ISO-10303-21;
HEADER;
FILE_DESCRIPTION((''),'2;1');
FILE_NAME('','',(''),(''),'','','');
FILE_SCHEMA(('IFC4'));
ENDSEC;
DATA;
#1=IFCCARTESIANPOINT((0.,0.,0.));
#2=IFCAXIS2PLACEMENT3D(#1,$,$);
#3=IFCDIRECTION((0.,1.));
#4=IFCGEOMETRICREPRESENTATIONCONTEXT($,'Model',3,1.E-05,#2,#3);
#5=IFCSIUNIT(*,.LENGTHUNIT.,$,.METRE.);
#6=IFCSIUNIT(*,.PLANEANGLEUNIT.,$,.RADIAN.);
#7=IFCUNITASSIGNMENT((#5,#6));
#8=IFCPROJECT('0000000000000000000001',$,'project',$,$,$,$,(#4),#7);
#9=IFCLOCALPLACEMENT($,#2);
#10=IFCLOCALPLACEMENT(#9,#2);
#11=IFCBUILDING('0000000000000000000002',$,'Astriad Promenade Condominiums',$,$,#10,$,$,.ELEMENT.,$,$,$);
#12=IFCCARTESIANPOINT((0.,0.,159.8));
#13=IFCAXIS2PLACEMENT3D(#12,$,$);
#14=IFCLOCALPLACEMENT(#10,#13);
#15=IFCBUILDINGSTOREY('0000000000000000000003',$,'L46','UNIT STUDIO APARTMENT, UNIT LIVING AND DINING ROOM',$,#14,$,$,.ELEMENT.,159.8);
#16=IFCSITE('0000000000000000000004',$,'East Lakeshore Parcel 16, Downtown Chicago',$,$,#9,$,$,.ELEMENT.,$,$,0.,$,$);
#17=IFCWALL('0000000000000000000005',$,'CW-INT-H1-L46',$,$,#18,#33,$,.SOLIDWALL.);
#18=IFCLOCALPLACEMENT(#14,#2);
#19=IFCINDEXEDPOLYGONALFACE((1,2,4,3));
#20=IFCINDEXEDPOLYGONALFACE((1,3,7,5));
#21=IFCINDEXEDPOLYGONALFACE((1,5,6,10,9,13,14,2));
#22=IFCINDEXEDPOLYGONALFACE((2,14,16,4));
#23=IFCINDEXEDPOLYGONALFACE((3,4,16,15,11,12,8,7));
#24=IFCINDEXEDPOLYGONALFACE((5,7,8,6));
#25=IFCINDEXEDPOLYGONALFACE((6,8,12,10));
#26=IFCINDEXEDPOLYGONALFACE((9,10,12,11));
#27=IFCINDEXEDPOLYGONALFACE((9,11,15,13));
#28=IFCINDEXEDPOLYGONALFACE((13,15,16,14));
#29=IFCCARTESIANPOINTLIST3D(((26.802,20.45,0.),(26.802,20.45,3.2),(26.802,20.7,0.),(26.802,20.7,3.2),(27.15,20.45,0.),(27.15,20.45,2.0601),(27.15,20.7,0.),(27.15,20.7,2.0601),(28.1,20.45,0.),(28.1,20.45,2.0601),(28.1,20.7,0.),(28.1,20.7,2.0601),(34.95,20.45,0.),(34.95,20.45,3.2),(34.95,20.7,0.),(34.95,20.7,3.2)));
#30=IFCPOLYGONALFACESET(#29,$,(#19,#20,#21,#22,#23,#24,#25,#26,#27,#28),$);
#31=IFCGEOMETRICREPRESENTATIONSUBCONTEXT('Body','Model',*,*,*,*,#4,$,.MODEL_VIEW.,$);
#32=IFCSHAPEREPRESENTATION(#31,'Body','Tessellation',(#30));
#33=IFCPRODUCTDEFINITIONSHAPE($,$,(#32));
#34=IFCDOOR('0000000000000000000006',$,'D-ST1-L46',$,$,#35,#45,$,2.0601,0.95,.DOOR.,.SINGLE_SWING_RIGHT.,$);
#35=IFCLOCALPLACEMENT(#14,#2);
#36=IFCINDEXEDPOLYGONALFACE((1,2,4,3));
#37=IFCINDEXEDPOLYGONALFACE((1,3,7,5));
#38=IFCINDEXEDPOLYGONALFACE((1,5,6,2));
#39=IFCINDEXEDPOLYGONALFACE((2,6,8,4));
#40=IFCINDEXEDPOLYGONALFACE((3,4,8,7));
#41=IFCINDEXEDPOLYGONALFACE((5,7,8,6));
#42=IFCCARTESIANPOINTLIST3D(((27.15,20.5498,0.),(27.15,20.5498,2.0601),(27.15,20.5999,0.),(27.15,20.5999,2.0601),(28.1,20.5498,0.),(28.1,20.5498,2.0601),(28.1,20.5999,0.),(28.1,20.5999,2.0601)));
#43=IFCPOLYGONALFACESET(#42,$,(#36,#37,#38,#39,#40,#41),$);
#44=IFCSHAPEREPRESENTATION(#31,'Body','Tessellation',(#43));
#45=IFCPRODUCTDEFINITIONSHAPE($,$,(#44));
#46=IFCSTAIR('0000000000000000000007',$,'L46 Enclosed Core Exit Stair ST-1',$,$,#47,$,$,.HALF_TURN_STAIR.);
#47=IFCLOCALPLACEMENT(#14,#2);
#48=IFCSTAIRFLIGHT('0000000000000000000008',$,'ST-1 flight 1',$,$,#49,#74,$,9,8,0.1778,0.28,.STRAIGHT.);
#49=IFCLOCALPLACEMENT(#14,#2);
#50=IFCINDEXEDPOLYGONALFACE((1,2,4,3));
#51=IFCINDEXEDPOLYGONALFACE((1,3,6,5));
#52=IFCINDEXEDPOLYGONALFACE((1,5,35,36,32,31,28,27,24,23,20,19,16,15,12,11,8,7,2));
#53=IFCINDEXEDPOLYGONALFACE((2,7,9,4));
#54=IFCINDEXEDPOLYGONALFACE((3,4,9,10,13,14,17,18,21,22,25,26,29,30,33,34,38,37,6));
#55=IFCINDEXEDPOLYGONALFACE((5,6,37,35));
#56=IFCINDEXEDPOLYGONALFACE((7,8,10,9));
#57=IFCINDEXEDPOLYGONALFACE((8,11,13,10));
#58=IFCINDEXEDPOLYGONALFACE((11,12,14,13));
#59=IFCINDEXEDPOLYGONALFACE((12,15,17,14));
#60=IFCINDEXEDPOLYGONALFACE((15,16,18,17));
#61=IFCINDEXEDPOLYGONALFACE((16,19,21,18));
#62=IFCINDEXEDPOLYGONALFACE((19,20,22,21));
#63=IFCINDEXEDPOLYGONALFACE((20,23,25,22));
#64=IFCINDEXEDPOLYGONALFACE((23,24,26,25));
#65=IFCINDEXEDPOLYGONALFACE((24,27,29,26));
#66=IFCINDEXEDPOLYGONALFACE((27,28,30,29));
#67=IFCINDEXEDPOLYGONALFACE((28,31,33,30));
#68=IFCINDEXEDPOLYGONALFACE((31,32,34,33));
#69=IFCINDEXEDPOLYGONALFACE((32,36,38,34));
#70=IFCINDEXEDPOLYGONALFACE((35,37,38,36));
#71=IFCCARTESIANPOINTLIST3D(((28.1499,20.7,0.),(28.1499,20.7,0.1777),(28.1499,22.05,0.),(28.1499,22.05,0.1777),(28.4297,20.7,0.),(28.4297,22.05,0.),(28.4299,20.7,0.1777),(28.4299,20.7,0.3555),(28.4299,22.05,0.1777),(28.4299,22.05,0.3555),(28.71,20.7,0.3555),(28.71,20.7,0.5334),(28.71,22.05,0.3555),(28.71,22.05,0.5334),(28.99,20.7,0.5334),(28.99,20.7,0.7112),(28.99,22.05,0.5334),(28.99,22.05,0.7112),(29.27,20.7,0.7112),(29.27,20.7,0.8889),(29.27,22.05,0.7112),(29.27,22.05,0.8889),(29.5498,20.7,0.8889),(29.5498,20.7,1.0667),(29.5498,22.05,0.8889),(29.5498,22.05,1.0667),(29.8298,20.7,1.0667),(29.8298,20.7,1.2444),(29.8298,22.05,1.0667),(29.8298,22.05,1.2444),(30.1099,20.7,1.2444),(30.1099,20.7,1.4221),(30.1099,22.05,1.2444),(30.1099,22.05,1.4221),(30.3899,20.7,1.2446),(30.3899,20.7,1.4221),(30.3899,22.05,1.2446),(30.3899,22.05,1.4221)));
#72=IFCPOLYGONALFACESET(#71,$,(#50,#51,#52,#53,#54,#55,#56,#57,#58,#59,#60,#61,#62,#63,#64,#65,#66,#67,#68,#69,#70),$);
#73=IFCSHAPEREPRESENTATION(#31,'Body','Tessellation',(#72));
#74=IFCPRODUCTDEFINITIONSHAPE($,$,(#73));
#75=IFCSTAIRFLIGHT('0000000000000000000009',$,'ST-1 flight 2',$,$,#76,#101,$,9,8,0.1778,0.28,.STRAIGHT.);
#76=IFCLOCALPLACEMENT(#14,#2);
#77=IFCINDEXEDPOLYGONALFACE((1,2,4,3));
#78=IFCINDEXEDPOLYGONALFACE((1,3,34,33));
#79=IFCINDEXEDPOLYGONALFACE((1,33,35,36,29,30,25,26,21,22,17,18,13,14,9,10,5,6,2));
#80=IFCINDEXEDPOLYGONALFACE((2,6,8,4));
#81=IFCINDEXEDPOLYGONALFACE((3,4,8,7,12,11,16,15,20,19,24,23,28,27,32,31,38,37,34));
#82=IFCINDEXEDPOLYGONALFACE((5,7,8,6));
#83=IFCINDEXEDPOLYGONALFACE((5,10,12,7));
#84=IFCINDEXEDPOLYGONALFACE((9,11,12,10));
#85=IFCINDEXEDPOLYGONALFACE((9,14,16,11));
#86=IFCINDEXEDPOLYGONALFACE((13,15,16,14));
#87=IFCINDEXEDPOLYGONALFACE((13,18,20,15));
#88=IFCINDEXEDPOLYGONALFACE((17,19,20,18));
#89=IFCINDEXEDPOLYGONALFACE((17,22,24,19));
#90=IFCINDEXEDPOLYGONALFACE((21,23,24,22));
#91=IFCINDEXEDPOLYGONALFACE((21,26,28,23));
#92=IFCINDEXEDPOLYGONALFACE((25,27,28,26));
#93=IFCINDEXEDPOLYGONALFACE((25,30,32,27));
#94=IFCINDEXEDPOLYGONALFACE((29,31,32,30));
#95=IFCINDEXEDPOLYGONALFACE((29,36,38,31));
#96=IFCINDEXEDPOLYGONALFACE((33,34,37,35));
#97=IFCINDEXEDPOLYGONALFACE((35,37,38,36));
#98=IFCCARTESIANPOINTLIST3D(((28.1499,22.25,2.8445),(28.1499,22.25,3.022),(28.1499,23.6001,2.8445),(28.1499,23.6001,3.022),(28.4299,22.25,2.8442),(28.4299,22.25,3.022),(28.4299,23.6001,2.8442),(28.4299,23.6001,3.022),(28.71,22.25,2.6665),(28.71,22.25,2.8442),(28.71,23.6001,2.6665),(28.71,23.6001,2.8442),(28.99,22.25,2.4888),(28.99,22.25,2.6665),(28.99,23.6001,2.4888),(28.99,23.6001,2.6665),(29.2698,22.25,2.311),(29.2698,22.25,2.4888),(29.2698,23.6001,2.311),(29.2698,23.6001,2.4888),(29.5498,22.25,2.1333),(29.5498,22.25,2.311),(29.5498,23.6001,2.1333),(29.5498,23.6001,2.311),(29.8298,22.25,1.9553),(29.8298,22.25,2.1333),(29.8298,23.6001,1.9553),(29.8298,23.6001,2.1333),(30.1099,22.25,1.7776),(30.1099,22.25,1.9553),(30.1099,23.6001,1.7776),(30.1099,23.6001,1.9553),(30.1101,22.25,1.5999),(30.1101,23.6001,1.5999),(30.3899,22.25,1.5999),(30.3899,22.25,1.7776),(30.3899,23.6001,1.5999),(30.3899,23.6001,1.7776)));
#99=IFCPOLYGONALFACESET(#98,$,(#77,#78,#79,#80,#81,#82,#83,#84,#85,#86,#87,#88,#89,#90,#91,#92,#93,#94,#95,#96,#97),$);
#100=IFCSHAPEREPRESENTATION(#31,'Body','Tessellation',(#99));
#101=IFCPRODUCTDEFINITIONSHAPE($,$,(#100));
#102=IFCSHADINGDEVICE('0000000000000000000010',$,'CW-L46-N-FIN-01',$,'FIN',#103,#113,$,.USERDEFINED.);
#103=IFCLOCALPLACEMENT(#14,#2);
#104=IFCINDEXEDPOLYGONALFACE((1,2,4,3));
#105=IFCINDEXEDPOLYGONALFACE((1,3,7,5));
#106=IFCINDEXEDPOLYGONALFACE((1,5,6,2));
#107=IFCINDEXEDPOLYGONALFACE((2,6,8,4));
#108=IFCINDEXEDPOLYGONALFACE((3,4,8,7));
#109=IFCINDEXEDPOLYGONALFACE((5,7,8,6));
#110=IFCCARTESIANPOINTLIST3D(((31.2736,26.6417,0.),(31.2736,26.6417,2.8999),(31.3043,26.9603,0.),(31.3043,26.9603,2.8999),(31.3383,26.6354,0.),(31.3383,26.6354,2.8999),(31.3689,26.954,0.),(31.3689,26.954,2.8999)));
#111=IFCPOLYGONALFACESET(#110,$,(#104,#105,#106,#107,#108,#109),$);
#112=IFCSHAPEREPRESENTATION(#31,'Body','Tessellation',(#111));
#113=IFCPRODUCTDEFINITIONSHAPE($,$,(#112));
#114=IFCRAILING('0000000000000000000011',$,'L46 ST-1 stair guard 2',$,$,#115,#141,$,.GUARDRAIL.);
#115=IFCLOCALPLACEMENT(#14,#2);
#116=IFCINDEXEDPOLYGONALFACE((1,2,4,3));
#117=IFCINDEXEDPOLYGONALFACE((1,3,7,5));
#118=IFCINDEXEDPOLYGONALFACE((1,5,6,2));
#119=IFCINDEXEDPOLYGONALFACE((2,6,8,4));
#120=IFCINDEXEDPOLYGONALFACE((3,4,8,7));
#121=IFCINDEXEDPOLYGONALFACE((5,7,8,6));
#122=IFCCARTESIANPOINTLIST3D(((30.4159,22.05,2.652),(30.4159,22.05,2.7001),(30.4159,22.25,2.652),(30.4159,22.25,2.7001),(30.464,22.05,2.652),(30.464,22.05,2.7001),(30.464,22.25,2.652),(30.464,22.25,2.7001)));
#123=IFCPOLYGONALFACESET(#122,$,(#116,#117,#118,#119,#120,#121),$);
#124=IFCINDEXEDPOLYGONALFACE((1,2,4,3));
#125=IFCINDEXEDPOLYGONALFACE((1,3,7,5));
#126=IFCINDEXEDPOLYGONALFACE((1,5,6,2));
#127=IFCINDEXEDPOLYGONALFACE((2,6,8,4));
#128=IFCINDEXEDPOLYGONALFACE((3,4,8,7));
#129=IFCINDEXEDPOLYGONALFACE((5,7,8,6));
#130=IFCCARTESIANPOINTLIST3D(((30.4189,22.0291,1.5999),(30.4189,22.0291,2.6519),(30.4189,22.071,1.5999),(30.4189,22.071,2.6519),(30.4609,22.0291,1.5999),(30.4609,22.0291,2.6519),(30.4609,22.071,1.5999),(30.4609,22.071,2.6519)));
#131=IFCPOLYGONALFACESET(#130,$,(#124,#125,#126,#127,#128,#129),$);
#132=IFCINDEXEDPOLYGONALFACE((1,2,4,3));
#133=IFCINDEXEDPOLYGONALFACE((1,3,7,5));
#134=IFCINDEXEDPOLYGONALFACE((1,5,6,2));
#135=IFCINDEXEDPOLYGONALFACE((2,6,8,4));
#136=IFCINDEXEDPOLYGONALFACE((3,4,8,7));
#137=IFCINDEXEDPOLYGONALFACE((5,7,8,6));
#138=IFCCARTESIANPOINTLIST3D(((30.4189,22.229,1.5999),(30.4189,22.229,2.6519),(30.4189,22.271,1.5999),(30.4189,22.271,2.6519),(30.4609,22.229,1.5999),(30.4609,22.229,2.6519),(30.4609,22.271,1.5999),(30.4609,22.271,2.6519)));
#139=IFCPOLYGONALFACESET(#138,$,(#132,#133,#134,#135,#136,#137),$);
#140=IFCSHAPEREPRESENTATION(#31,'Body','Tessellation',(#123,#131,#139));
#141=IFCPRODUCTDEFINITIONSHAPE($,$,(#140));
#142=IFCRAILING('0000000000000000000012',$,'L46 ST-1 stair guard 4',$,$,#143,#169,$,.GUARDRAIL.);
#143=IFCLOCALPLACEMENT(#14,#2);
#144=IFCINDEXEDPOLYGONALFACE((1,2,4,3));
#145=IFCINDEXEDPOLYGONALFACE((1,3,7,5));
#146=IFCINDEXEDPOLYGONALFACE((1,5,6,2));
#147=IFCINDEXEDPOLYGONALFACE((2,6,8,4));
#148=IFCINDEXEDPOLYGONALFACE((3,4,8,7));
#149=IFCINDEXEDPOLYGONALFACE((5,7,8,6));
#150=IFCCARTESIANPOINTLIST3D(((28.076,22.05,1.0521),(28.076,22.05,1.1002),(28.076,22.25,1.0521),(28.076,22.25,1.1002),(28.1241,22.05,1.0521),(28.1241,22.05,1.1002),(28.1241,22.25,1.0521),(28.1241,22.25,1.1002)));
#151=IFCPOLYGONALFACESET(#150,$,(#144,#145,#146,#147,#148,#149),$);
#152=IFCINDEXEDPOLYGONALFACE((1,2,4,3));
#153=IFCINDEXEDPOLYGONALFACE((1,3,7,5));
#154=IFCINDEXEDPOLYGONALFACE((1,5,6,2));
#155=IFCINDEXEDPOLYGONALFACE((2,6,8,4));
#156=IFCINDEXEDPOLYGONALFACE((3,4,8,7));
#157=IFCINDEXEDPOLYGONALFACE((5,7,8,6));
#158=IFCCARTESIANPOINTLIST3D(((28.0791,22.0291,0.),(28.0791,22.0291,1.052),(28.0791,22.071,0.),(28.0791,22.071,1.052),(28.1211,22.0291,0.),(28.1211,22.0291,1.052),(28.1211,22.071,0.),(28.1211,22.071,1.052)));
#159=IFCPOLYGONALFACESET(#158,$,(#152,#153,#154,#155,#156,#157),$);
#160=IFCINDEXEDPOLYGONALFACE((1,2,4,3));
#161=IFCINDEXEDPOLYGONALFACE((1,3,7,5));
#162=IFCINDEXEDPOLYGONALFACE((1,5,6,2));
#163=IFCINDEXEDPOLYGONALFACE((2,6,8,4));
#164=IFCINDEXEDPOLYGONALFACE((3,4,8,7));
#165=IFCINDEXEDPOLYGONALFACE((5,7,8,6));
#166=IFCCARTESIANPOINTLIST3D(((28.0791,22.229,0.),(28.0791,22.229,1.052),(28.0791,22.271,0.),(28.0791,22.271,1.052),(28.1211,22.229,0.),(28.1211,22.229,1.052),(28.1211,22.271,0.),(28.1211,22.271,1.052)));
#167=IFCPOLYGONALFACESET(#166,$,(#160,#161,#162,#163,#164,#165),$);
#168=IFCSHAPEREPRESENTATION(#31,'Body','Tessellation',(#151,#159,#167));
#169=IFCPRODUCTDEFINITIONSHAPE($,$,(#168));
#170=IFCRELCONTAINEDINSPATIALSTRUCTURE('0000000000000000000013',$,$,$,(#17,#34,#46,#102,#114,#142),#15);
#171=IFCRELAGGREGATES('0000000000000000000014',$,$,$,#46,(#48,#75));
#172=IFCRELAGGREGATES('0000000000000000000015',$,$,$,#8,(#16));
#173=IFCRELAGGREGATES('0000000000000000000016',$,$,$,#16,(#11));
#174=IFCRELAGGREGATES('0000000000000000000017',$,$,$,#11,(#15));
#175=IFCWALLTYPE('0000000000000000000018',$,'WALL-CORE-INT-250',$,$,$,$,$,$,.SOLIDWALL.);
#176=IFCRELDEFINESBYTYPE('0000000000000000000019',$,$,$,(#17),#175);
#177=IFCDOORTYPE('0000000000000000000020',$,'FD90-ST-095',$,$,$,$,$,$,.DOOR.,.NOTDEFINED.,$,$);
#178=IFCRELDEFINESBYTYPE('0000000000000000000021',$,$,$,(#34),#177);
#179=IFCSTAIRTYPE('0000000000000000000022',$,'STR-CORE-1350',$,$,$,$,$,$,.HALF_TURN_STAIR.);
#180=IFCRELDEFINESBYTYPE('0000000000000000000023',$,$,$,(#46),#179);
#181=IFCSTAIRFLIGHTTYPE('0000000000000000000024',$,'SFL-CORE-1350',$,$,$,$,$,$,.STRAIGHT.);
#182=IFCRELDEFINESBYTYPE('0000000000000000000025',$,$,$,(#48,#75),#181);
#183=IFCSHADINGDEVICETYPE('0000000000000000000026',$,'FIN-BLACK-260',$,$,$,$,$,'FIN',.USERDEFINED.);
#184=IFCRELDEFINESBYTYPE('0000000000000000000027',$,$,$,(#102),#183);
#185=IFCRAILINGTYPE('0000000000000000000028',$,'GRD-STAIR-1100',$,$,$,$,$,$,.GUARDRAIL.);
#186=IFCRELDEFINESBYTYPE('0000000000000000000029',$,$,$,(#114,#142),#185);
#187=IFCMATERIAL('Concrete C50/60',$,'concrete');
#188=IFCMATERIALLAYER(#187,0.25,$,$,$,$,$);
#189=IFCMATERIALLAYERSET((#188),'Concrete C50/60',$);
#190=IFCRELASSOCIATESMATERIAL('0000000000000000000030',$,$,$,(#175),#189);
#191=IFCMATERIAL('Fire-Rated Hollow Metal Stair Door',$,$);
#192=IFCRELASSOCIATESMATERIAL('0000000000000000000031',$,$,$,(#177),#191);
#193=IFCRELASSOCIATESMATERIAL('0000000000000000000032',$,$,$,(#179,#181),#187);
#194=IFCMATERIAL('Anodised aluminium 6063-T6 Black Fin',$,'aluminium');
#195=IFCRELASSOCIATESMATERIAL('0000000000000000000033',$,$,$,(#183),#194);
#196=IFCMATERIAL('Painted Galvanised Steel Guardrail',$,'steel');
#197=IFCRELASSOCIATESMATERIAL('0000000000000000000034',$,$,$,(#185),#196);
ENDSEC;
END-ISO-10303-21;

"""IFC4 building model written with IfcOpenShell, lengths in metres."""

from ifc_helpers import new_model, si_unit, direction, frame, frame_2d, origin, origin_2d, place, context, subcontext, project, spatial, polyline, rectangle, outline, extrude, source, transform, mapped, material, layer, layer_set, type_object, type_shapes, element, fill, aggregate, save


model = new_model("IFC4")

# Units and contexts
model_context = context("Model", 3, precision=1e-05, world=origin(), true_north=direction((0.0, 1.0)))
body_context = subcontext(model_context, "Body", "Model", "MODEL_VIEW")
ifc_project = project(units=[si_unit("LENGTHUNIT", "METRE"), si_unit("PLANEANGLEUNIT", "RADIAN")], contexts=[model_context])

# Site, building, storey
site_placement = place(None, origin())
site = spatial("IfcSite", under=ifc_project, at=site_placement, Name="East Lakeshore Parcel 16, Downtown Chicago", CompositionType="ELEMENT", RefElevation=0.0)
building_placement = place(site_placement, origin())
building = spatial("IfcBuilding", under=site, at=building_placement, Name="Astriad Promenade Condominiums", CompositionType="ELEMENT")
storey_placement = place(building_placement, frame((0.0, 0.0, 159.8)))
storey = spatial("IfcBuildingStorey", under=building, at=storey_placement, Name="L46", Description="UNIT STUDIO APARTMENT, UNIT LIVING AND DINING ROOM", CompositionType="ELEMENT", Elevation=159.8)

# Wall, opening, door
ifc_material_1 = material(Name="Concrete C50/60", Category="concrete")
ifc_layer_1 = layer(ifc_material_1, 0.25)
ifc_layer_set_1 = layer_set([ifc_layer_1], Name="Concrete C50/60")
wall_type_1 = type_object("IfcWallType", Name="WALL-CORE-INT-250", PredefinedType="SOLIDWALL", material=ifc_layer_set_1)
wall_1_placement = place(storey_placement, frame((26.802, 20.575, 0.0), z_axis=(0.0, 0.0, 1.0), x_axis=(1.0, 0.0, 0.0)))
wall_1 = element("IfcWall", 1, at=wall_1_placement, inside=storey, type_object=wall_type_1, Name="CW-INT-H1-L46", PredefinedType="SOLIDWALL", context=body_context, shape_type="SweptSolid", body=[
    extrude(rectangle(XDim=8.1479, YDim=0.25, at=frame_2d((4.074, 0.0))), origin(), (0.0, 0.0, 1.0), 3.2),
])
opening_placement = place(wall_1_placement, frame((0.3479, 0.0, 0.0)))
opening = element("IfcOpeningElement", 2, at=opening_placement, cuts=wall_1, PredefinedType="OPENING", context=body_context, shape_type="SweptSolid", body=[
    extrude(rectangle(XDim=0.95, YDim=2.0601, at=frame_2d((0.4751, 1.03))), frame((0.0, 0.135, 0.0), z_axis=(0.0, -1.0, 0.0), x_axis=(1.0, 0.0, 0.0)), (0.0, 0.0, 1.0), 0.27),
])
ifc_material_2 = material(Name="Fire-Rated Hollow Metal Stair Door")
door_type = type_object("IfcDoorType", Name="FD90-ST-095", OperationType="NOTDEFINED", PredefinedType="DOOR", material=ifc_material_2)
shared_shape_1 = source(origin(), body_context, "Body", "SweptSolid", [
    extrude(rectangle(XDim=0.95, YDim=2.0601, at=frame_2d((0.4751, 1.03))), frame((0.0, 0.0249, 0.0), z_axis=(0.0, -1.0, 0.0), x_axis=(1.0, 0.0, 0.0)), (0.0, 0.0, 1.0), 0.05),
])
type_shapes(door_type, [shared_shape_1])
door_placement = place(opening_placement, origin())
door = element("IfcDoor", 3, at=door_placement, inside=storey, type_object=door_type, Name="D-ST1-L46", OperationType="SINGLE_SWING_RIGHT", OverallHeight=2.0601, OverallWidth=0.95, PredefinedType="DOOR", context=body_context, shape_type="MappedRepresentation", body=[
    mapped(shared_shape_1, transform((0.0, 0.0, 0.0), scale=1.0)),
])
fill(opening, door)

# Stair, stair flights
stair_type = type_object("IfcStairType", Name="STR-CORE-1350", PredefinedType="HALF_TURN_STAIR", material=ifc_material_1)
stair_placement = place(storey_placement, origin())
stair = element("IfcStair", 4, at=stair_placement, inside=storey, type_object=stair_type, Name="L46 Enclosed Core Exit Stair ST-1", PredefinedType="HALF_TURN_STAIR")
stair_flight_type = type_object("IfcStairFlightType", Name="SFL-CORE-1350", PredefinedType="STRAIGHT", material=ifc_material_1)
shared_shape_2 = source(origin(), body_context, "Body", "SweptSolid", [
    extrude(outline(polyline([(0.0, 0.0), (0.0, 0.1777), (0.28, 0.1777), (0.28, 0.3555), (0.5601, 0.3555), (0.5601, 0.5334), (0.8401, 0.5334), (0.8401, 0.7112), (1.1201, 0.7112), (1.1201, 0.8889), (1.3999, 0.8889), (1.3999, 1.0667), (1.6799, 1.0667), (1.6799, 1.2444), (1.96, 1.2444), (1.96, 1.4221), (2.24, 1.4221), (2.24, 1.6001), (2.24, 1.2446), (0.2798, 0.0), (0.0, 0.0)])), frame((0.0, 0.675, 0.0), z_axis=(0.0, -1.0, 0.0), x_axis=(1.0, 0.0, 0.0)), (0.0, 0.0, 1.0), 1.3501),
])
type_shapes(stair_flight_type, [shared_shape_2])
stair_flight_1_placement = place(storey_placement, frame((28.1499, 21.375, 0.0), z_axis=(0.0, 0.0, 1.0), x_axis=(1.0, 0.0, 0.0)))
stair_flight_1 = element("IfcStairFlight", 5, at=stair_flight_1_placement, type_object=stair_flight_type, Name="ST-1 flight 1", NumberOfRisers=9, NumberOfTreads=8, PredefinedType="STRAIGHT", RiserHeight=0.1778, TreadLength=0.28, context=body_context, shape_type="MappedRepresentation", body=[
    mapped(shared_shape_2, transform((0.0, 0.0, 0.0), scale=1.0)),
])
stair_flight_2_placement = place(storey_placement, frame((30.3899, 22.925, 1.5999), z_axis=(0.0, 0.0, 1.0), x_axis=(-1.0, 0.0, 0.0)))
stair_flight_2 = element("IfcStairFlight", 6, at=stair_flight_2_placement, type_object=stair_flight_type, Name="ST-1 flight 2", NumberOfRisers=9, NumberOfTreads=8, PredefinedType="STRAIGHT", RiserHeight=0.1778, TreadLength=0.28, context=body_context, shape_type="MappedRepresentation", body=[
    mapped(shared_shape_2, transform((0.0, 0.0, 0.0), scale=1.0)),
])
aggregate(stair, [stair_flight_1, stair_flight_2])

# Shading device
ifc_material_3 = material(Name="Anodised aluminium 6063-T6 Black Fin", Category="aluminium")
shading_device_type = type_object("IfcShadingDeviceType", Name="FIN-BLACK-260", ElementType="FIN", PredefinedType="USERDEFINED", material=ifc_material_3)
shared_shape_3 = source(origin(), body_context, "Body", "SweptSolid", [
    extrude(rectangle(XDim=0.0649, YDim=0.3201, at=origin_2d()), origin(), (0.0, 0.0, 1.0), 2.8999),
])
type_shapes(shading_device_type, [shared_shape_3])
shading_device_placement = place(storey_placement, frame((31.3213, 26.7979, 0.0), z_axis=(0.0, 0.0, 1.0), x_axis=(0.995396, -0.095846, 0.0)))
element("IfcShadingDevice", 7, at=shading_device_placement, inside=storey, type_object=shading_device_type, Name="CW-L46-N-FIN-01", ObjectType="FIN", PredefinedType="USERDEFINED", context=body_context, shape_type="MappedRepresentation", body=[
    mapped(shared_shape_3, transform((0.0, 0.0, 0.0), scale=1.0)),
])

# Railings
ifc_material_4 = material(Name="Painted Galvanised Steel Guardrail", Category="steel")
railing_type_1 = type_object("IfcRailingType", Name="GRD-STAIR-1100", PredefinedType="GUARDRAIL", material=ifc_material_4)
shared_shape_4 = source(origin(), body_context, "Body", "SweptSolid", [
    extrude(rectangle(XDim=0.0481, YDim=0.0481, at=origin_2d()), frame((0.0, 0.0, 1.0762), z_axis=(0.0, 1.0, 0.0), x_axis=(-1.0, 0.0, 0.0)), (0.0, 0.0, 1.0), 0.2),
    extrude(rectangle(XDim=0.042, YDim=0.042, at=origin_2d()), origin(), (0.0, 0.0, 1.0), 1.052),
    extrude(rectangle(XDim=0.042, YDim=0.042, at=origin_2d()), frame((0.0, 0.2, 0.0)), (0.0, 0.0, 1.0), 1.052),
])
for number, where, name in (
    (8, (30.4399, 22.05, 1.5999), "L46 ST-1 stair guard 2"),
    (9, (28.1001, 22.05, 0.0), "L46 ST-1 stair guard 4"),
):
    element("IfcRailing", number, at=place(storey_placement, frame(where)), inside=storey, type_object=railing_type_1, Name=name, PredefinedType="GUARDRAIL", context=body_context, shape_type="MappedRepresentation", body=[
        mapped(shared_shape_4, transform((0.0, 0.0, 0.0), scale=1.0)),
    ])

save(model, "model.ifc")
